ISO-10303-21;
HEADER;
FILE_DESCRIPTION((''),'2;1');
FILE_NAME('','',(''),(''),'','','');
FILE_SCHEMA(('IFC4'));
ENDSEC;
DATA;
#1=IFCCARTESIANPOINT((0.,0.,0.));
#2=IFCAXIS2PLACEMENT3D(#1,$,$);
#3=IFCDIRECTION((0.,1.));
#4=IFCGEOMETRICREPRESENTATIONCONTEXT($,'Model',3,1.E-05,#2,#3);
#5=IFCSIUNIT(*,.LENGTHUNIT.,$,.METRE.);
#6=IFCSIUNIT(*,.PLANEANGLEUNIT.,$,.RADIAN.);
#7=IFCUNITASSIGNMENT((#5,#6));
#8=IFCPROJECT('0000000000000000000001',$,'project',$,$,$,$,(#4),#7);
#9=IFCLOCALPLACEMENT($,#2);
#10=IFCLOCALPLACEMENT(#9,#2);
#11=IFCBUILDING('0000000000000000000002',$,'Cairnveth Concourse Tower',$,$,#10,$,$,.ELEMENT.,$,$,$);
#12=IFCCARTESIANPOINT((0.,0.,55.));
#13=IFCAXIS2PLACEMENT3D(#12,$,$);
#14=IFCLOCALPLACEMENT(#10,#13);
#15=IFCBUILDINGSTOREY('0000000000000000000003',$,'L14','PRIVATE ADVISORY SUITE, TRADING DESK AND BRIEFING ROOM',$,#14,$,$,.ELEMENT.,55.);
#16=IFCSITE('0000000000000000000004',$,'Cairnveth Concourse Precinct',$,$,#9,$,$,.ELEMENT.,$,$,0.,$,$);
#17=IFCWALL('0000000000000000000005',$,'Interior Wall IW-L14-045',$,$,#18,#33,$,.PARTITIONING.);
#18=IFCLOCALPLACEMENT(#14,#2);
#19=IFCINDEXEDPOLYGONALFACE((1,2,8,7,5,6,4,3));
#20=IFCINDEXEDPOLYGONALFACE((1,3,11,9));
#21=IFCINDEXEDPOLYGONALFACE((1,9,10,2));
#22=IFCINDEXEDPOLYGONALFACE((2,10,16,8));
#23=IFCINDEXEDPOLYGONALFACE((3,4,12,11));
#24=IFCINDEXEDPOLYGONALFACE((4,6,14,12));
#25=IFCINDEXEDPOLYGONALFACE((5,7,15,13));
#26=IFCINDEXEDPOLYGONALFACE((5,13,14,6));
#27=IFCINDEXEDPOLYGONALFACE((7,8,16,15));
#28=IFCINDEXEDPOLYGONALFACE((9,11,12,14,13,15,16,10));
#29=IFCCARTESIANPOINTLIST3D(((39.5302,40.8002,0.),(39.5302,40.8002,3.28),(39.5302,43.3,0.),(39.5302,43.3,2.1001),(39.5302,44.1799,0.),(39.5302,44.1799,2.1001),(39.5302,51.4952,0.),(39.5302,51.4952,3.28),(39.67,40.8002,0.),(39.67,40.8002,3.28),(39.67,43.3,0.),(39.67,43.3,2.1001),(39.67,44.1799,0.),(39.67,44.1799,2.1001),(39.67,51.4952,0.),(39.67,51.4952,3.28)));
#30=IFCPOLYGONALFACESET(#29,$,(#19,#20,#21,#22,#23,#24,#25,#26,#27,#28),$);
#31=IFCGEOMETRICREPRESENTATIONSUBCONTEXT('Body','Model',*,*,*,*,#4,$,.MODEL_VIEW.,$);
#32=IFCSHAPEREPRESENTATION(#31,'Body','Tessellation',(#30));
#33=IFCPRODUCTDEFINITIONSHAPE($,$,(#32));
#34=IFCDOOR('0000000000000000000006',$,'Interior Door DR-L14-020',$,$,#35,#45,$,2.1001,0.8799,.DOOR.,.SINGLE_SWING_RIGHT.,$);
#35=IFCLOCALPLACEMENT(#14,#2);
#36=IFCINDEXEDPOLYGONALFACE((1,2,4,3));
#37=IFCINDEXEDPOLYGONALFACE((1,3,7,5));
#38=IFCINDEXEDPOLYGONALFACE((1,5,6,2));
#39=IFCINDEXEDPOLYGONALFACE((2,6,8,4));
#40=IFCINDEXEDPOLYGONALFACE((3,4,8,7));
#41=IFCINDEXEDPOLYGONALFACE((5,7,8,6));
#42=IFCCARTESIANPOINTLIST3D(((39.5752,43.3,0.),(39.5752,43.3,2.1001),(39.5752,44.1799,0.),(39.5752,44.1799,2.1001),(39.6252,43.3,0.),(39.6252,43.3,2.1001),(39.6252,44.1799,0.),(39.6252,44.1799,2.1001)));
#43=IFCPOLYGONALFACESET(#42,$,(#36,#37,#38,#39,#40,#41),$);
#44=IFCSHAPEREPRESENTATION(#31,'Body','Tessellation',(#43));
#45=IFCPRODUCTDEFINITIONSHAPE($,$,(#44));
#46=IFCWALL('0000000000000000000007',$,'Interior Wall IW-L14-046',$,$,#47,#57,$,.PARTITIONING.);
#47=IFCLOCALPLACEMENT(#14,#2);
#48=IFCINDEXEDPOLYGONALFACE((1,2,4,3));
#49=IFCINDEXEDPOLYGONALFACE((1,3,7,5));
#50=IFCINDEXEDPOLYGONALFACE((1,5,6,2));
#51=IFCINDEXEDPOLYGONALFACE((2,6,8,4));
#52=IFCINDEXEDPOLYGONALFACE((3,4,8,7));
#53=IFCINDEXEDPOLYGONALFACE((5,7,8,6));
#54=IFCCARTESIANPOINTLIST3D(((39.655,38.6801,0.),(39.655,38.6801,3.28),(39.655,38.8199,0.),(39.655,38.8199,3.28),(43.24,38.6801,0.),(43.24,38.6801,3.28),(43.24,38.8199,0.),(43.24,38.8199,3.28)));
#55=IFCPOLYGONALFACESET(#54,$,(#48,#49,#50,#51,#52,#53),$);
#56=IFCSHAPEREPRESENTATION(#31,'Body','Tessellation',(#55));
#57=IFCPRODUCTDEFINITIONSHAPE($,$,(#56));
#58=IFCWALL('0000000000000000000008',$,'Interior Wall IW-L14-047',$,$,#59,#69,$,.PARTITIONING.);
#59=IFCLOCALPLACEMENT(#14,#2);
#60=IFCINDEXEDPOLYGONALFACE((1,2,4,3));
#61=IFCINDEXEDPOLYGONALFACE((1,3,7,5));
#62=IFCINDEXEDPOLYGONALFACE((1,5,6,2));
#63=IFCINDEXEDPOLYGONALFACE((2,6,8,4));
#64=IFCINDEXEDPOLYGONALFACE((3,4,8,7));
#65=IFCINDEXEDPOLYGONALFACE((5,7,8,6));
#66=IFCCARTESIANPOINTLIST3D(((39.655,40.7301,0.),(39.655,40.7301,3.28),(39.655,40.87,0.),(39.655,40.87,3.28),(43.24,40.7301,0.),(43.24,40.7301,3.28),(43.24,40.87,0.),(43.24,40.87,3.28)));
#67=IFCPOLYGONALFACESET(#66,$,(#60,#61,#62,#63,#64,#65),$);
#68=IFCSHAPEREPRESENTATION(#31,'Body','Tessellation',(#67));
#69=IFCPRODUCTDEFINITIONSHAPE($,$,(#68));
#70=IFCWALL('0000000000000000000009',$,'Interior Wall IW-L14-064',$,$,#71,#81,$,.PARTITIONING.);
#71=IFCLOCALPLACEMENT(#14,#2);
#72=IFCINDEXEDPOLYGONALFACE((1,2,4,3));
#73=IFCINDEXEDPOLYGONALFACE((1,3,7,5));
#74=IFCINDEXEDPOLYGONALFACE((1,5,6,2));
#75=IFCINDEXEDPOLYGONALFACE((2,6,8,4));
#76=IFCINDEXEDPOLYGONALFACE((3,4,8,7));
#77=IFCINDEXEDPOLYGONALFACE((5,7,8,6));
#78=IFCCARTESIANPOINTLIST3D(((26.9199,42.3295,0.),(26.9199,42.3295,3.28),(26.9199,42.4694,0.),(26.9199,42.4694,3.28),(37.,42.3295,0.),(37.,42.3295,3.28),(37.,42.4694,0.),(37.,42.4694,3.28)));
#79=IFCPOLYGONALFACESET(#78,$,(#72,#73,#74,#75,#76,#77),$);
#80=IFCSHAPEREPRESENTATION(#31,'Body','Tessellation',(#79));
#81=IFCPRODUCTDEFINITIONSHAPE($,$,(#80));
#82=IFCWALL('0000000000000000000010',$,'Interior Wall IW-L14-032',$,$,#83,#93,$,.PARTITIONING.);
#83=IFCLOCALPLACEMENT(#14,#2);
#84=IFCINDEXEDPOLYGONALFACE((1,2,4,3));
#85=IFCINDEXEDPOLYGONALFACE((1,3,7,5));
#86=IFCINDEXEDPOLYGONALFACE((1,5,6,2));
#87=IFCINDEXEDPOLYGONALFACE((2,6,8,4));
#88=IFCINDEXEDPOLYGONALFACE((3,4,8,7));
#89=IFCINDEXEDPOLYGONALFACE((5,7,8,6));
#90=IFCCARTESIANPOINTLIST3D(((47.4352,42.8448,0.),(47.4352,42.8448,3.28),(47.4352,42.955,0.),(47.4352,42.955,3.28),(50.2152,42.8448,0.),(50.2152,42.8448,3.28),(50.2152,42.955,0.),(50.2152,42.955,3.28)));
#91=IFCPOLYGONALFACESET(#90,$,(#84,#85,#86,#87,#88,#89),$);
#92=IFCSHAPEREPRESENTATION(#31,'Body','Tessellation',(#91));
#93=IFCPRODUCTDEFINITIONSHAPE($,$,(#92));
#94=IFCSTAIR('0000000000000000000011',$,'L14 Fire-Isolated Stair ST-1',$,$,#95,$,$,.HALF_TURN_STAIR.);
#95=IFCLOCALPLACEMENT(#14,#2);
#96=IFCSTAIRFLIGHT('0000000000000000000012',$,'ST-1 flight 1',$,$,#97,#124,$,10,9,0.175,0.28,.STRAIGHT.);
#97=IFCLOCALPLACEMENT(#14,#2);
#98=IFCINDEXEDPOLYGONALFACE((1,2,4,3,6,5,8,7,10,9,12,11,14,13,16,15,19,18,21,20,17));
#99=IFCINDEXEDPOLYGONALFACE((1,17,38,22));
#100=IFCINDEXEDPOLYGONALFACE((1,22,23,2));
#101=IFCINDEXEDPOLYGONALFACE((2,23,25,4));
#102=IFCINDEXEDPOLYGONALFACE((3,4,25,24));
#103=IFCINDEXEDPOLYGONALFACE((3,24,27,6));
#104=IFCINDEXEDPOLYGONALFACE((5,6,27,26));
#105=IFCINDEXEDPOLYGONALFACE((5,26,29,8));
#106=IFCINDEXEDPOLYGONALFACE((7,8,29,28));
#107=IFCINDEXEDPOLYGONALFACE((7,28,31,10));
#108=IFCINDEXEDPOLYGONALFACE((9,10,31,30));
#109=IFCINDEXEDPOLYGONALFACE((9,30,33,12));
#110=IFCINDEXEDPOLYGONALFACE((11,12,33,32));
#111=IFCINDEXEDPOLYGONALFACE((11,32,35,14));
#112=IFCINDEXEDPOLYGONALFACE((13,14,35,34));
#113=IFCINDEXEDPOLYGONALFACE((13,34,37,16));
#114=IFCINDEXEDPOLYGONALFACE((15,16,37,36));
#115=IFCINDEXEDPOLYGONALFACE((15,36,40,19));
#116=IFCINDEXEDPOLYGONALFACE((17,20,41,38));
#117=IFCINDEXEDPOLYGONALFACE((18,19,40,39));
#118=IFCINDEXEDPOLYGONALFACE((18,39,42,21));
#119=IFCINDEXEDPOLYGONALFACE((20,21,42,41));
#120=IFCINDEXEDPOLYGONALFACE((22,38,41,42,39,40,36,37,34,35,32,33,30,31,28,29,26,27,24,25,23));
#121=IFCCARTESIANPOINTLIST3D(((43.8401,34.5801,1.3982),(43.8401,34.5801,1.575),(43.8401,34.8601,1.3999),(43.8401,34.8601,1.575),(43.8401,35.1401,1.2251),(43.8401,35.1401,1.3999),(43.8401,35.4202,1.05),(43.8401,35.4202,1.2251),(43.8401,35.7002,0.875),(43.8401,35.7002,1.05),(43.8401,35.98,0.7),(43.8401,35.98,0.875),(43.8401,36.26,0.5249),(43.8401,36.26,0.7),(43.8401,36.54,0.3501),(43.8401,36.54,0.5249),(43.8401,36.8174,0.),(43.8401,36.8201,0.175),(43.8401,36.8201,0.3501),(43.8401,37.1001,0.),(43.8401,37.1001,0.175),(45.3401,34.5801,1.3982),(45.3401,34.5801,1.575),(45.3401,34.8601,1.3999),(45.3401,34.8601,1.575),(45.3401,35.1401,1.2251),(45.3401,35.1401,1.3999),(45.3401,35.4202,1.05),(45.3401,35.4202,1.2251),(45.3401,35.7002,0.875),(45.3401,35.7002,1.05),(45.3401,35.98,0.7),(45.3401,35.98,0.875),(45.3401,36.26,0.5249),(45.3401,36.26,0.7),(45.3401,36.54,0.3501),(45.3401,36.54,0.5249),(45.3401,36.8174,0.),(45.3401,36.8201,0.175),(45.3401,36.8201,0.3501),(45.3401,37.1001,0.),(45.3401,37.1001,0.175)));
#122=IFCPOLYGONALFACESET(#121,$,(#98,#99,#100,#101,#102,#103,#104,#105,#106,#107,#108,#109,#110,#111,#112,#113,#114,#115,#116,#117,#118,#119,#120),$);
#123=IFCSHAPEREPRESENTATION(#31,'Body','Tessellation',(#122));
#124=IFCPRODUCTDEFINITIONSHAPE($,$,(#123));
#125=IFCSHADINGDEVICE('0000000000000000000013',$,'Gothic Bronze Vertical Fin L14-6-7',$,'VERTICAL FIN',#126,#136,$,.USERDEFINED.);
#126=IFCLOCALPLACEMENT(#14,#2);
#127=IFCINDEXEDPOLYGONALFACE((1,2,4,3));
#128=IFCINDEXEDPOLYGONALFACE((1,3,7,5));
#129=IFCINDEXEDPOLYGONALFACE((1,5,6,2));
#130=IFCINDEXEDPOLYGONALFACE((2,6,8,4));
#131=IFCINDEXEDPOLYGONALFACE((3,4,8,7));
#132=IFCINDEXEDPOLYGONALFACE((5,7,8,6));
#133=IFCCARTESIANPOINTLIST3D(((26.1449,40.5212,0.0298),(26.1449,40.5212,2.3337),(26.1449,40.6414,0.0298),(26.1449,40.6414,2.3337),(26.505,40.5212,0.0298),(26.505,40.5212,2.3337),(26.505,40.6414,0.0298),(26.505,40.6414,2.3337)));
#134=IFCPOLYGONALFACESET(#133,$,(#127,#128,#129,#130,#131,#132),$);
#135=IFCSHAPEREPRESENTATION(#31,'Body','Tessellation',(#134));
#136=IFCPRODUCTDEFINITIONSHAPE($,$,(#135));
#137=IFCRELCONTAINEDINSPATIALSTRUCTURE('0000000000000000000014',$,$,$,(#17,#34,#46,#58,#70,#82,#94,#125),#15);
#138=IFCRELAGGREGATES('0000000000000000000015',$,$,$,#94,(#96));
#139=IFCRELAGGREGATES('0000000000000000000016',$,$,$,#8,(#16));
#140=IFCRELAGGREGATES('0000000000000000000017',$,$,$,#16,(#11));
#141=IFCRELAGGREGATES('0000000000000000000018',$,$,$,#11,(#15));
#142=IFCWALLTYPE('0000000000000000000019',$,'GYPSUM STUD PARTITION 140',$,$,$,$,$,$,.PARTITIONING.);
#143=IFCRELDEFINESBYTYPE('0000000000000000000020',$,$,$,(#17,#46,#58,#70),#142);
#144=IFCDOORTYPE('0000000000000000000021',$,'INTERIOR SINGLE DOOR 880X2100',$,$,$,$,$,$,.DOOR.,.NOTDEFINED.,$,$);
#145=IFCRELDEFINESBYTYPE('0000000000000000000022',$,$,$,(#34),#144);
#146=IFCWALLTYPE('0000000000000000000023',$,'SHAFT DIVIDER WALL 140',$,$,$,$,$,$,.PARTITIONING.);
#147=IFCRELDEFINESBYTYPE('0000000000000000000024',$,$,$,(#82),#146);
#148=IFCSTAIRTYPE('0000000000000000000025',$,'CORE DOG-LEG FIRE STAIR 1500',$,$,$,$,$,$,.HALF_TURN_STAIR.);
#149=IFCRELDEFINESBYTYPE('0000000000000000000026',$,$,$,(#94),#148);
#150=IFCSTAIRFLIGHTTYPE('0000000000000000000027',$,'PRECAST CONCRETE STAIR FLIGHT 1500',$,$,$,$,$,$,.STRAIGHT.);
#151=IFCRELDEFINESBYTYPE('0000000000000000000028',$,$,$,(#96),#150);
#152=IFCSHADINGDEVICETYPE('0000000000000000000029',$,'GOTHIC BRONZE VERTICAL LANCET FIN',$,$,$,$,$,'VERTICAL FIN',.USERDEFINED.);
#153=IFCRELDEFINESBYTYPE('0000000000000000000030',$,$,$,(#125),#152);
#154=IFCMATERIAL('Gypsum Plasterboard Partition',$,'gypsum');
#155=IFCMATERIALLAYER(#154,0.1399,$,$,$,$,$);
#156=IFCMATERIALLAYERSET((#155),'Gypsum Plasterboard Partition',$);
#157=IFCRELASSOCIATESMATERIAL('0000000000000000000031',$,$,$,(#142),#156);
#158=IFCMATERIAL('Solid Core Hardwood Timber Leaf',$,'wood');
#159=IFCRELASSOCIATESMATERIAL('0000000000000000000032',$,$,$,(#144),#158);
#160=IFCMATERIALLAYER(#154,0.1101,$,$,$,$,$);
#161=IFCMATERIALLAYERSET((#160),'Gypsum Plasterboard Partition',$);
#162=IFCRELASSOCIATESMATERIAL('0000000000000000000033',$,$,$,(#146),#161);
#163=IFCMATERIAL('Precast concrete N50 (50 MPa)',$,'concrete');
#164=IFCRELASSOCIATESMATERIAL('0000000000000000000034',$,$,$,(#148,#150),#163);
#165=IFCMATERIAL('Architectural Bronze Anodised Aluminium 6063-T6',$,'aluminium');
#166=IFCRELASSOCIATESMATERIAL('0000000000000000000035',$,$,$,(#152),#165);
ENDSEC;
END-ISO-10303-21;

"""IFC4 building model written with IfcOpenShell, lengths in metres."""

from ifc_helpers import new_model, si_unit, direction, frame, frame_2d, origin, origin_2d, place, context, subcontext, project, spatial, polyline, rectangle, outline, extrude, material, layer, layer_set, type_object, element, fill, aggregate, save


model = new_model("IFC4")

# Units and contexts
model_context = context("Model", 3, precision=1e-05, world=origin(), true_north=direction((0.0, 1.0)))
body_context = subcontext(model_context, "Body", "Model", "MODEL_VIEW")
ifc_project = project(units=[si_unit("LENGTHUNIT", "METRE"), si_unit("PLANEANGLEUNIT", "RADIAN")], contexts=[model_context])

# Site, building, storey
site_placement = place(None, origin())
site = spatial("IfcSite", under=ifc_project, at=site_placement, Name="Cairnveth Concourse Precinct", CompositionType="ELEMENT", RefElevation=0.0)
building_placement = place(site_placement, origin())
building = spatial("IfcBuilding", under=site, at=building_placement, Name="Cairnveth Concourse Tower", CompositionType="ELEMENT")
storey_placement = place(building_placement, frame((0.0, 0.0, 55.0)))
storey = spatial("IfcBuildingStorey", under=building, at=storey_placement, Name="L14", Description="PRIVATE ADVISORY SUITE, TRADING DESK AND BRIEFING ROOM", CompositionType="ELEMENT", Elevation=55.0)

# Shared definitions
ifc_material_1 = material(Name="Architectural Bronze Anodised Aluminium 6063-T6", Category="aluminium")

# Wall, opening, door
ifc_material_2 = material(Name="Gypsum Plasterboard Partition", Category="gypsum")
ifc_layer_1 = layer(ifc_material_2, 0.1399)
ifc_layer_set_1 = layer_set([ifc_layer_1], Name="Gypsum Plasterboard Partition")
wall_type_1 = type_object("IfcWallType", Name="GYPSUM STUD PARTITION 140", PredefinedType="PARTITIONING", material=ifc_layer_set_1)
wall_1_placement = place(storey_placement, frame((39.6001, 40.8, 0.0), z_axis=(0.0, 0.0, 1.0), x_axis=(0.0, 1.0, 0.0)))
wall_1 = element("IfcWall", 1, at=wall_1_placement, inside=storey, type_object=wall_type_1, Name="Interior Wall IW-L14-045", PredefinedType="PARTITIONING", context=body_context, shape_type="SweptSolid", body=[
    extrude(rectangle(XDim=10.6951, YDim=0.1399, at=frame_2d((5.3477, 0.0))), origin(), (0.0, 0.0, 1.0), 3.28),
])
opening_1_placement = place(wall_1_placement, frame((2.5, 0.0, 0.0)))
opening_1 = element("IfcOpeningElement", 2, at=opening_1_placement, cuts=wall_1, PredefinedType="OPENING", context=body_context, shape_type="SweptSolid", body=[
    extrude(rectangle(XDim=0.8799, YDim=2.1001, at=frame_2d((0.4399, 1.05))), frame((0.0, 0.0798, 0.0), z_axis=(0.0, -1.0, 0.0), x_axis=(1.0, 0.0, 0.0)), (0.0, 0.0, 1.0), 0.1599),
])
ifc_material_3 = material(Name="Solid Core Hardwood Timber Leaf", Category="wood")
door_type_1 = type_object("IfcDoorType", Name="INTERIOR SINGLE DOOR 880X2100", OperationType="NOTDEFINED", PredefinedType="DOOR", material=ifc_material_3)
door_1_placement = place(opening_1_placement, origin())
door_1 = element("IfcDoor", 3, at=door_1_placement, inside=storey, type_object=door_type_1, Name="Interior Door DR-L14-020", OperationType="SINGLE_SWING_RIGHT", OverallHeight=2.1001, OverallWidth=0.8799, PredefinedType="DOOR", context=body_context, shape_type="SweptSolid", body=[
    extrude(rectangle(XDim=0.8799, YDim=2.1001, at=frame_2d((0.4399, 1.05))), frame((0.0, 0.0249, 0.0), z_axis=(0.0, -1.0, 0.0), x_axis=(1.0, 0.0, 0.0)), (0.0, 0.0, 1.0), 0.05),
])
fill(opening_1, door_1)

# Walls
for number, where, z_axis, x_axis, name in (
    (4, (39.655, 38.75, 0.0), (0.0, 0.0, 1.0), (1.0, 0.0, 0.0), "Interior Wall IW-L14-046"),
    (5, (39.655, 40.8, 0.0), (0.0, 0.0, 1.0), (1.0, 0.0, 0.0), "Interior Wall IW-L14-047"),
):
    element("IfcWall", number, at=place(storey_placement, frame(where, z_axis=z_axis, x_axis=x_axis)), inside=storey, type_object=wall_type_1, Name=name, PredefinedType="PARTITIONING", context=body_context, shape_type="SweptSolid", body=[
        extrude(rectangle(XDim=3.585, YDim=0.1399, at=frame_2d((1.7925, 0.0))), origin(), (0.0, 0.0, 1.0), 3.28),
    ])
wall_2_placement = place(storey_placement, frame((26.9199, 42.3994, 0.0), z_axis=(0.0, 0.0, 1.0), x_axis=(1.0, 0.0, 0.0)))
element("IfcWall", 6, at=wall_2_placement, inside=storey, type_object=wall_type_1, Name="Interior Wall IW-L14-064", PredefinedType="PARTITIONING", context=body_context, shape_type="SweptSolid", body=[
    extrude(rectangle(XDim=10.0801, YDim=0.1399, at=frame_2d((5.04, 0.0))), origin(), (0.0, 0.0, 1.0), 3.28),
])
ifc_layer_2 = layer(ifc_material_2, 0.1101)
ifc_layer_set_2 = layer_set([ifc_layer_2], Name="Gypsum Plasterboard Partition")
wall_type_2 = type_object("IfcWallType", Name="SHAFT DIVIDER WALL 140", PredefinedType="PARTITIONING", material=ifc_layer_set_2)
wall_3_placement = place(storey_placement, frame((47.4351, 42.8999, 0.0), z_axis=(0.0, 0.0, 1.0), x_axis=(1.0, 0.0, 0.0)))
element("IfcWall", 7, at=wall_3_placement, inside=storey, type_object=wall_type_2, Name="Interior Wall IW-L14-032", PredefinedType="PARTITIONING", context=body_context, shape_type="SweptSolid", body=[
    extrude(rectangle(XDim=2.78, YDim=0.1101, at=frame_2d((1.3901, 0.0))), origin(), (0.0, 0.0, 1.0), 3.28),
])

# Stair, stair flight
ifc_material_4 = material(Name="Precast concrete N50 (50 MPa)", Category="concrete")
stair_type = type_object("IfcStairType", Name="CORE DOG-LEG FIRE STAIR 1500", PredefinedType="HALF_TURN_STAIR", material=ifc_material_4)
stair_placement = place(storey_placement, origin())
stair = element("IfcStair", 8, at=stair_placement, inside=storey, type_object=stair_type, Name="L14 Fire-Isolated Stair ST-1", PredefinedType="HALF_TURN_STAIR")
stair_flight_type = type_object("IfcStairFlightType", Name="PRECAST CONCRETE STAIR FLIGHT 1500", PredefinedType="STRAIGHT", material=ifc_material_4)
stair_flight_placement = place(storey_placement, frame((44.5901, 37.1001, 0.0), z_axis=(0.0, 0.0, 1.0), x_axis=(0.0, -1.0, 0.0)))
stair_flight = element("IfcStairFlight", 9, at=stair_flight_placement, type_object=stair_flight_type, Name="ST-1 flight 1", NumberOfRisers=10, NumberOfTreads=9, PredefinedType="STRAIGHT", RiserHeight=0.175, TreadLength=0.28, context=body_context, shape_type="SweptSolid", body=[
    extrude(outline(polyline([(0.0, 0.0), (0.0, 0.175), (0.28, 0.175), (0.28, 0.3501), (0.5601, 0.3501), (0.5601, 0.5249), (0.8401, 0.5249), (0.8401, 0.7), (1.1201, 0.7), (1.1201, 0.875), (1.3999, 0.875), (1.3999, 1.05), (1.6799, 1.05), (1.6799, 1.2251), (1.96, 1.2251), (1.96, 1.3999), (2.24, 1.3999), (2.24, 1.575), (2.52, 1.575), (2.52, 1.75), (2.52, 1.3982), (0.2827, 0.0), (0.0, 0.0)])), frame((0.0, 0.75, 0.0), z_axis=(0.0, -1.0, 0.0), x_axis=(1.0, 0.0, 0.0)), (0.0, 0.0, 1.0), 1.5),
])
aggregate(stair, [stair_flight])

# Shading device
shading_device_type = type_object("IfcShadingDeviceType", Name="GOTHIC BRONZE VERTICAL LANCET FIN", ElementType="VERTICAL FIN", PredefinedType="USERDEFINED", material=ifc_material_1)
shading_device_placement = place(storey_placement, frame((26.325, 40.5813, 0.0298), z_axis=(0.0, 0.0, 1.0), x_axis=(0.0, 1.0, 0.0)))
element("IfcShadingDevice", 10, at=shading_device_placement, inside=storey, type_object=shading_device_type, Name="Gothic Bronze Vertical Fin L14-6-7", ObjectType="VERTICAL FIN", PredefinedType="USERDEFINED", context=body_context, shape_type="SweptSolid", body=[
    extrude(rectangle(XDim=0.1201, YDim=0.3601, at=origin_2d()), origin(), (0.0, 0.0, 1.0), 2.304),
])

save(model, "model.ifc")
